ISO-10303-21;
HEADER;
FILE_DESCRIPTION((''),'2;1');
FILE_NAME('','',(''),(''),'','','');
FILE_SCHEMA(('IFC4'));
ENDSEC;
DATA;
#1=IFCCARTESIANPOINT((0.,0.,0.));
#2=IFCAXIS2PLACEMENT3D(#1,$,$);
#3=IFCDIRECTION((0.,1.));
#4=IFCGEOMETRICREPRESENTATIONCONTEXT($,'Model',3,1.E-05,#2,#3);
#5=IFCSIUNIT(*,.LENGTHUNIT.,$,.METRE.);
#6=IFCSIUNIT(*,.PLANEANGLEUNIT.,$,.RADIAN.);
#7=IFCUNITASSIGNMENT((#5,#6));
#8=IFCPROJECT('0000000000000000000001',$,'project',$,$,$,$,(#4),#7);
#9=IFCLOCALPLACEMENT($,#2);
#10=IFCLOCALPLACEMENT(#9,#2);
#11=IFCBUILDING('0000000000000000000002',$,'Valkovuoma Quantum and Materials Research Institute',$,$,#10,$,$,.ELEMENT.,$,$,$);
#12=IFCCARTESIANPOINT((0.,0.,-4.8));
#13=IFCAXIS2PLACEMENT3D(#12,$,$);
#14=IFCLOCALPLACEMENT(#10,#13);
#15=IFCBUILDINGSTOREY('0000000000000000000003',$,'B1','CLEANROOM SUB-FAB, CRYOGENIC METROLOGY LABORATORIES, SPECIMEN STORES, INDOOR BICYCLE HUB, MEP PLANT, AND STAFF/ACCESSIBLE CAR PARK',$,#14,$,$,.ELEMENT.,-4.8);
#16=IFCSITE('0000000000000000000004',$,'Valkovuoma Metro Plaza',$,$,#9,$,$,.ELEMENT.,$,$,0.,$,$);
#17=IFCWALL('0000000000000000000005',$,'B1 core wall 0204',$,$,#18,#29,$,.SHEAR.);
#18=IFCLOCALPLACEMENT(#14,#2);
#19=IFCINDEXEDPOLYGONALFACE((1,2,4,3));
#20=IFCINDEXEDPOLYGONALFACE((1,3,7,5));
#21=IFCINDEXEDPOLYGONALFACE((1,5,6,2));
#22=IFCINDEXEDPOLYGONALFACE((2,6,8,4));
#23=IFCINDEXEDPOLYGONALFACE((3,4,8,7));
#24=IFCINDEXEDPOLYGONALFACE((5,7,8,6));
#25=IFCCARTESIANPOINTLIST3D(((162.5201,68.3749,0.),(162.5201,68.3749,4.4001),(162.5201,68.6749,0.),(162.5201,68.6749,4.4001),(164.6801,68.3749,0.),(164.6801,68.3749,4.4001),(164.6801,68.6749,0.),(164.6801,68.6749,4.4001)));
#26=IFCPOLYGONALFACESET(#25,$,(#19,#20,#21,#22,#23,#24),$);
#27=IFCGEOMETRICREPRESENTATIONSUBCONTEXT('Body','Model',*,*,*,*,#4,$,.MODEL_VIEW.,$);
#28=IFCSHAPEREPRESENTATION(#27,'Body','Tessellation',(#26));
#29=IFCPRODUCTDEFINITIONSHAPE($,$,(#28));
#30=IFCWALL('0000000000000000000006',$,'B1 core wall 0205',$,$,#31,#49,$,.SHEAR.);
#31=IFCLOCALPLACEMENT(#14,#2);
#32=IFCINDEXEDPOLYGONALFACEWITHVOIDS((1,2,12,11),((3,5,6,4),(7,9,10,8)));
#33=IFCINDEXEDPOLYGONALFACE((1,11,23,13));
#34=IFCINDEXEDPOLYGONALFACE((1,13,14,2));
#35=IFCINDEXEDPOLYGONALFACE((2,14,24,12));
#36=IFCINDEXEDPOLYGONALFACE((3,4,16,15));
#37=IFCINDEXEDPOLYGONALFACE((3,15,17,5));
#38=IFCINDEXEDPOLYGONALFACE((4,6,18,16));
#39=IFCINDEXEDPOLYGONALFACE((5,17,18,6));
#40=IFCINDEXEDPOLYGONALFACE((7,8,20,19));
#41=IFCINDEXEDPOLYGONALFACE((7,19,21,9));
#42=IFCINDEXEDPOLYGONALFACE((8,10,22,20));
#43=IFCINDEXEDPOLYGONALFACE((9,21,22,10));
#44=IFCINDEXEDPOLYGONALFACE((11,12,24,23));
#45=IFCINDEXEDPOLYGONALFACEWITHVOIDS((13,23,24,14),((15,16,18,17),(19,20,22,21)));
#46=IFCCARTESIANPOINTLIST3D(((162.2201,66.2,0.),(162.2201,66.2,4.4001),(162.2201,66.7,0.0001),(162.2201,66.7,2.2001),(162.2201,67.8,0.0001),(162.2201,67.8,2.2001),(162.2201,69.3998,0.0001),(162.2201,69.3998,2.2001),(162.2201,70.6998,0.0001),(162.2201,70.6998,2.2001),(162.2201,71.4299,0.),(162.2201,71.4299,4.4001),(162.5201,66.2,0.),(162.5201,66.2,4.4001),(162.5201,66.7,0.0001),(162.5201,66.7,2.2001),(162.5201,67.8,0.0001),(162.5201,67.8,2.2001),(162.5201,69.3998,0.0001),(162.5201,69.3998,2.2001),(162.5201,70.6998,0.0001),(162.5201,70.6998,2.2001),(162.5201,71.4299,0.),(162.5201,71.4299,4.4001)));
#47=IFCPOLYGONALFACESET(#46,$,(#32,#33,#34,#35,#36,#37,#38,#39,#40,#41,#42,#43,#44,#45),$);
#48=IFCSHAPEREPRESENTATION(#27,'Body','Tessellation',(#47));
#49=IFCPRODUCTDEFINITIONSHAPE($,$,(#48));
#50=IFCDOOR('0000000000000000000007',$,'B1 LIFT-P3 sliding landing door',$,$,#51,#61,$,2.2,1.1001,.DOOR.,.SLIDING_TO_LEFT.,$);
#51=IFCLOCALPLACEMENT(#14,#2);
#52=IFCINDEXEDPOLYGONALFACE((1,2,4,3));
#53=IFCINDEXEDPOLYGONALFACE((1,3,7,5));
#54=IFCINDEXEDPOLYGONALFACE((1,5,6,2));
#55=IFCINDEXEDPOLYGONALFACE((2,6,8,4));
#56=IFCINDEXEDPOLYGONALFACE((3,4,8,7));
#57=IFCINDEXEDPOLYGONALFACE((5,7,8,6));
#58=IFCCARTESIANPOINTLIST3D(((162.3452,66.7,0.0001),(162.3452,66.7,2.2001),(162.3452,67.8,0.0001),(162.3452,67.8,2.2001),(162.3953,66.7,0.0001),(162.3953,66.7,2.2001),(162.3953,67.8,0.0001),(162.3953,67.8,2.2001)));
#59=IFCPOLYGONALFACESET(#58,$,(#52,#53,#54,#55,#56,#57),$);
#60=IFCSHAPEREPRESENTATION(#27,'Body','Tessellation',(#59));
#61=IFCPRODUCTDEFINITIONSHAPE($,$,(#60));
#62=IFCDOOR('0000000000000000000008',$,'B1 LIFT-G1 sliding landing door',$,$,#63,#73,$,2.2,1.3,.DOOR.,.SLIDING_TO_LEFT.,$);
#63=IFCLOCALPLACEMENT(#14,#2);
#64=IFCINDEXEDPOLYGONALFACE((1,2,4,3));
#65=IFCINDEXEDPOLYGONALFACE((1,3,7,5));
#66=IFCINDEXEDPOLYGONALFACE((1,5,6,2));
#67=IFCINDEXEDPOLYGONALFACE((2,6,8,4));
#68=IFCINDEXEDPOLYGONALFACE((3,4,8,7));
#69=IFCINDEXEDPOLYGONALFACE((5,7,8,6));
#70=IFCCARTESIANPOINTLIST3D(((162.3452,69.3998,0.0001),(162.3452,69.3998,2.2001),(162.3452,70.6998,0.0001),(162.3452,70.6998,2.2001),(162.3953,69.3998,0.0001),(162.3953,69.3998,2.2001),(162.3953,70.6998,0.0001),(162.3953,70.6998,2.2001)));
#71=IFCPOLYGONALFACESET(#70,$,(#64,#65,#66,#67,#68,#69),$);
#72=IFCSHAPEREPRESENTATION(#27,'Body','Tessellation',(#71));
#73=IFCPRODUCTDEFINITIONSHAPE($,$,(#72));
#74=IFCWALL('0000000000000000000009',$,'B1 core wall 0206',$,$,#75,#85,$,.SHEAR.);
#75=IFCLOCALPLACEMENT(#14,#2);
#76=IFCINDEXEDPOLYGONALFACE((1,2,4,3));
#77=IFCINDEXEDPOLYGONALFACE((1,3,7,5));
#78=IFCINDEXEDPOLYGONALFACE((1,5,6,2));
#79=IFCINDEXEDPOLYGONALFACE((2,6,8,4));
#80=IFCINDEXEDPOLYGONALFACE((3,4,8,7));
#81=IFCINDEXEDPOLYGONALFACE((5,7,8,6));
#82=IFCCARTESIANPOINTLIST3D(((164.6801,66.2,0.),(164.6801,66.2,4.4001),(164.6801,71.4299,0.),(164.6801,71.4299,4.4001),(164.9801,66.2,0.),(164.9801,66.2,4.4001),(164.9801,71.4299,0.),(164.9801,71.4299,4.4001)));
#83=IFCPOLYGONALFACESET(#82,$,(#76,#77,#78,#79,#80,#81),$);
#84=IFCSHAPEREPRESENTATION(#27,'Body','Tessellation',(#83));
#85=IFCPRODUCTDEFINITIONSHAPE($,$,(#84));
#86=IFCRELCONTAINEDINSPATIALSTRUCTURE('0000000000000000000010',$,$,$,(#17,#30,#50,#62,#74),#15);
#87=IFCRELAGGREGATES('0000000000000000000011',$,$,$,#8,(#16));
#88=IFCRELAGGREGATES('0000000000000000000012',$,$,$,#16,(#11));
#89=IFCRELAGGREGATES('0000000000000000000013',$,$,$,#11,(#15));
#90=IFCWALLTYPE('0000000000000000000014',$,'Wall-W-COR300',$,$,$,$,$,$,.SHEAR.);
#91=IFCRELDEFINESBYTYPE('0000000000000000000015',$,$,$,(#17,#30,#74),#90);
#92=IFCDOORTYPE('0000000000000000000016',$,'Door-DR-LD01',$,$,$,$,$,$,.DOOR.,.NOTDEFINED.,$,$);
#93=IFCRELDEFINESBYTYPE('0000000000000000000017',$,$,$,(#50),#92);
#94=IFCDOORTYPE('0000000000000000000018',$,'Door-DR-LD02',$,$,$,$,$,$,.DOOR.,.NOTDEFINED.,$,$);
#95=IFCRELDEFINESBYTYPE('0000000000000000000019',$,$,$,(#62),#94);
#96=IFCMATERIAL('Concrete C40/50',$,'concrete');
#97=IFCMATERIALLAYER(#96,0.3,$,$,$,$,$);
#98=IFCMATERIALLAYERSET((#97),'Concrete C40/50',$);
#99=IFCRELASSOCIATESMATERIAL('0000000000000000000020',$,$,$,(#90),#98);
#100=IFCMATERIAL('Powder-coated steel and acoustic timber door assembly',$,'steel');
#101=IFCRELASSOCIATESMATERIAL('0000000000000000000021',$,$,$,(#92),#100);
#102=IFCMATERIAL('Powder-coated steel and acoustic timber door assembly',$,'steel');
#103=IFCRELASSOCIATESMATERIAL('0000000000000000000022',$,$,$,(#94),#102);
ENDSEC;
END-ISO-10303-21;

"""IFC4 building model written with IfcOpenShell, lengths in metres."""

from ifc_helpers import new_model, si_unit, direction, frame, frame_2d, origin, place, context, subcontext, project, spatial, rectangle, extrude, material, layer, layer_set, type_object, element, fill, save


model = new_model("IFC4")

# Units and contexts
model_context = context("Model", 3, precision=1e-05, world=origin(), true_north=direction((0.0, 1.0)))
body_context = subcontext(model_context, "Body", "Model", "MODEL_VIEW")
ifc_project = project(units=[si_unit("LENGTHUNIT", "METRE"), si_unit("PLANEANGLEUNIT", "RADIAN")], contexts=[model_context])

# Site, building, storey
site_placement = place(None, origin())
site = spatial("IfcSite", under=ifc_project, at=site_placement, Name="Valkovuoma Metro Plaza", CompositionType="ELEMENT", RefElevation=0.0)
building_placement = place(site_placement, origin())
building = spatial("IfcBuilding", under=site, at=building_placement, Name="Valkovuoma Quantum and Materials Research Institute", CompositionType="ELEMENT")
storey_placement = place(building_placement, frame((0.0, 0.0, -4.8)))
storey = spatial("IfcBuildingStorey", under=building, at=storey_placement, Name="B1", Description="CLEANROOM SUB-FAB, CRYOGENIC METROLOGY LABORATORIES, SPECIMEN STORES, INDOOR BICYCLE HUB, MEP PLANT, AND STAFF/ACCESSIBLE CAR PARK", CompositionType="ELEMENT", Elevation=-4.8)

# Wall
ifc_material_1 = material(Name="Concrete C40/50", Category="concrete")
ifc_layer = layer(ifc_material_1, 0.3)
ifc_layer_set = layer_set([ifc_layer], Name="Concrete C40/50")
wall_type = type_object("IfcWallType", Name="Wall-W-COR300", PredefinedType="SHEAR", material=ifc_layer_set)
wall_1_placement = place(storey_placement, frame((162.52, 68.5249, 0.0), z_axis=(0.0, 0.0, 1.0), x_axis=(1.0, 0.0, 0.0)))
element("IfcWall", 1, at=wall_1_placement, inside=storey, type_object=wall_type, Name="B1 core wall 0204", PredefinedType="SHEAR", context=body_context, shape_type="SweptSolid", body=[
    extrude(rectangle(XDim=2.1599, YDim=0.3, at=frame_2d((1.0801, 0.0))), origin(), (0.0, 0.0, 1.0), 4.4001),
])

# Wall, openings, doors
wall_2_placement = place(storey_placement, frame((162.3701, 66.2, 0.0), z_axis=(0.0, 0.0, 1.0), x_axis=(0.0, 1.0, 0.0)))
wall_2 = element("IfcWall", 2, at=wall_2_placement, inside=storey, type_object=wall_type, Name="B1 core wall 0205", PredefinedType="SHEAR", context=body_context, shape_type="SweptSolid", body=[
    extrude(rectangle(XDim=5.23, YDim=0.3, at=frame_2d((2.615, 0.0))), origin(), (0.0, 0.0, 1.0), 4.4001),
])
opening_1_placement = place(wall_2_placement, frame((0.5, 0.0, 0.0)))
opening_1 = element("IfcOpeningElement", 3, at=opening_1_placement, cuts=wall_2, PredefinedType="OPENING", context=body_context, shape_type="SweptSolid", body=[
    extrude(rectangle(XDim=1.1001, YDim=2.2, at=frame_2d((0.55, 1.1001))), frame((0.0, 0.1602, 0.0), z_axis=(0.0, -1.0, 0.0), x_axis=(1.0, 0.0, 0.0)), (0.0, 0.0, 1.0), 0.3201),
])
opening_2_placement = place(wall_2_placement, frame((3.2, 0.0, 0.0)))
opening_2 = element("IfcOpeningElement", 4, at=opening_2_placement, cuts=wall_2, PredefinedType="OPENING", context=body_context, shape_type="SweptSolid", body=[
    extrude(rectangle(XDim=1.3, YDim=2.2, at=frame_2d((0.6499, 1.1001))), frame((0.0, 0.1602, 0.0), z_axis=(0.0, -1.0, 0.0), x_axis=(1.0, 0.0, 0.0)), (0.0, 0.0, 1.0), 0.3201),
])
ifc_material_2 = material(Name="Powder-coated steel and acoustic timber door assembly", Category="steel")
door_type_1 = type_object("IfcDoorType", Name="Door-DR-LD01", OperationType="NOTDEFINED", PredefinedType="DOOR", material=ifc_material_2)
door_1_placement = place(opening_1_placement, origin())
door_1 = element("IfcDoor", 5, at=door_1_placement, inside=storey, type_object=door_type_1, Name="B1 LIFT-P3 sliding landing door", OperationType="SLIDING_TO_LEFT", OverallHeight=2.2, OverallWidth=1.1001, PredefinedType="DOOR", context=body_context, shape_type="SweptSolid", body=[
    extrude(rectangle(XDim=1.1001, YDim=2.2, at=frame_2d((0.55, 1.1001))), frame((0.0, 0.0249, 0.0), z_axis=(0.0, -1.0, 0.0), x_axis=(1.0, 0.0, 0.0)), (0.0, 0.0, 1.0), 0.05),
])
fill(opening_1, door_1)
ifc_material_3 = material(Name="Powder-coated steel and acoustic timber door assembly", Category="steel")
door_type_2 = type_object("IfcDoorType", Name="Door-DR-LD02", OperationType="NOTDEFINED", PredefinedType="DOOR", material=ifc_material_3)
door_2_placement = place(opening_2_placement, origin())
door_2 = element("IfcDoor", 6, at=door_2_placement, inside=storey, type_object=door_type_2, Name="B1 LIFT-G1 sliding landing door", OperationType="SLIDING_TO_LEFT", OverallHeight=2.2, OverallWidth=1.3, PredefinedType="DOOR", context=body_context, shape_type="SweptSolid", body=[
    extrude(rectangle(XDim=1.3, YDim=2.2, at=frame_2d((0.6499, 1.1001))), frame((0.0, 0.0249, 0.0), z_axis=(0.0, -1.0, 0.0), x_axis=(1.0, 0.0, 0.0)), (0.0, 0.0, 1.0), 0.05),
])
fill(opening_2, door_2)

# Wall
wall_3_placement = place(storey_placement, frame((164.8301, 66.2, 0.0), z_axis=(0.0, 0.0, 1.0), x_axis=(0.0, 1.0, 0.0)))
element("IfcWall", 7, at=wall_3_placement, inside=storey, type_object=wall_type, Name="B1 core wall 0206", PredefinedType="SHEAR", context=body_context, shape_type="SweptSolid", body=[
    extrude(rectangle(XDim=5.23, YDim=0.3, at=frame_2d((2.615, 0.0))), origin(), (0.0, 0.0, 1.0), 4.4001),
])

save(model, "model.ifc")
